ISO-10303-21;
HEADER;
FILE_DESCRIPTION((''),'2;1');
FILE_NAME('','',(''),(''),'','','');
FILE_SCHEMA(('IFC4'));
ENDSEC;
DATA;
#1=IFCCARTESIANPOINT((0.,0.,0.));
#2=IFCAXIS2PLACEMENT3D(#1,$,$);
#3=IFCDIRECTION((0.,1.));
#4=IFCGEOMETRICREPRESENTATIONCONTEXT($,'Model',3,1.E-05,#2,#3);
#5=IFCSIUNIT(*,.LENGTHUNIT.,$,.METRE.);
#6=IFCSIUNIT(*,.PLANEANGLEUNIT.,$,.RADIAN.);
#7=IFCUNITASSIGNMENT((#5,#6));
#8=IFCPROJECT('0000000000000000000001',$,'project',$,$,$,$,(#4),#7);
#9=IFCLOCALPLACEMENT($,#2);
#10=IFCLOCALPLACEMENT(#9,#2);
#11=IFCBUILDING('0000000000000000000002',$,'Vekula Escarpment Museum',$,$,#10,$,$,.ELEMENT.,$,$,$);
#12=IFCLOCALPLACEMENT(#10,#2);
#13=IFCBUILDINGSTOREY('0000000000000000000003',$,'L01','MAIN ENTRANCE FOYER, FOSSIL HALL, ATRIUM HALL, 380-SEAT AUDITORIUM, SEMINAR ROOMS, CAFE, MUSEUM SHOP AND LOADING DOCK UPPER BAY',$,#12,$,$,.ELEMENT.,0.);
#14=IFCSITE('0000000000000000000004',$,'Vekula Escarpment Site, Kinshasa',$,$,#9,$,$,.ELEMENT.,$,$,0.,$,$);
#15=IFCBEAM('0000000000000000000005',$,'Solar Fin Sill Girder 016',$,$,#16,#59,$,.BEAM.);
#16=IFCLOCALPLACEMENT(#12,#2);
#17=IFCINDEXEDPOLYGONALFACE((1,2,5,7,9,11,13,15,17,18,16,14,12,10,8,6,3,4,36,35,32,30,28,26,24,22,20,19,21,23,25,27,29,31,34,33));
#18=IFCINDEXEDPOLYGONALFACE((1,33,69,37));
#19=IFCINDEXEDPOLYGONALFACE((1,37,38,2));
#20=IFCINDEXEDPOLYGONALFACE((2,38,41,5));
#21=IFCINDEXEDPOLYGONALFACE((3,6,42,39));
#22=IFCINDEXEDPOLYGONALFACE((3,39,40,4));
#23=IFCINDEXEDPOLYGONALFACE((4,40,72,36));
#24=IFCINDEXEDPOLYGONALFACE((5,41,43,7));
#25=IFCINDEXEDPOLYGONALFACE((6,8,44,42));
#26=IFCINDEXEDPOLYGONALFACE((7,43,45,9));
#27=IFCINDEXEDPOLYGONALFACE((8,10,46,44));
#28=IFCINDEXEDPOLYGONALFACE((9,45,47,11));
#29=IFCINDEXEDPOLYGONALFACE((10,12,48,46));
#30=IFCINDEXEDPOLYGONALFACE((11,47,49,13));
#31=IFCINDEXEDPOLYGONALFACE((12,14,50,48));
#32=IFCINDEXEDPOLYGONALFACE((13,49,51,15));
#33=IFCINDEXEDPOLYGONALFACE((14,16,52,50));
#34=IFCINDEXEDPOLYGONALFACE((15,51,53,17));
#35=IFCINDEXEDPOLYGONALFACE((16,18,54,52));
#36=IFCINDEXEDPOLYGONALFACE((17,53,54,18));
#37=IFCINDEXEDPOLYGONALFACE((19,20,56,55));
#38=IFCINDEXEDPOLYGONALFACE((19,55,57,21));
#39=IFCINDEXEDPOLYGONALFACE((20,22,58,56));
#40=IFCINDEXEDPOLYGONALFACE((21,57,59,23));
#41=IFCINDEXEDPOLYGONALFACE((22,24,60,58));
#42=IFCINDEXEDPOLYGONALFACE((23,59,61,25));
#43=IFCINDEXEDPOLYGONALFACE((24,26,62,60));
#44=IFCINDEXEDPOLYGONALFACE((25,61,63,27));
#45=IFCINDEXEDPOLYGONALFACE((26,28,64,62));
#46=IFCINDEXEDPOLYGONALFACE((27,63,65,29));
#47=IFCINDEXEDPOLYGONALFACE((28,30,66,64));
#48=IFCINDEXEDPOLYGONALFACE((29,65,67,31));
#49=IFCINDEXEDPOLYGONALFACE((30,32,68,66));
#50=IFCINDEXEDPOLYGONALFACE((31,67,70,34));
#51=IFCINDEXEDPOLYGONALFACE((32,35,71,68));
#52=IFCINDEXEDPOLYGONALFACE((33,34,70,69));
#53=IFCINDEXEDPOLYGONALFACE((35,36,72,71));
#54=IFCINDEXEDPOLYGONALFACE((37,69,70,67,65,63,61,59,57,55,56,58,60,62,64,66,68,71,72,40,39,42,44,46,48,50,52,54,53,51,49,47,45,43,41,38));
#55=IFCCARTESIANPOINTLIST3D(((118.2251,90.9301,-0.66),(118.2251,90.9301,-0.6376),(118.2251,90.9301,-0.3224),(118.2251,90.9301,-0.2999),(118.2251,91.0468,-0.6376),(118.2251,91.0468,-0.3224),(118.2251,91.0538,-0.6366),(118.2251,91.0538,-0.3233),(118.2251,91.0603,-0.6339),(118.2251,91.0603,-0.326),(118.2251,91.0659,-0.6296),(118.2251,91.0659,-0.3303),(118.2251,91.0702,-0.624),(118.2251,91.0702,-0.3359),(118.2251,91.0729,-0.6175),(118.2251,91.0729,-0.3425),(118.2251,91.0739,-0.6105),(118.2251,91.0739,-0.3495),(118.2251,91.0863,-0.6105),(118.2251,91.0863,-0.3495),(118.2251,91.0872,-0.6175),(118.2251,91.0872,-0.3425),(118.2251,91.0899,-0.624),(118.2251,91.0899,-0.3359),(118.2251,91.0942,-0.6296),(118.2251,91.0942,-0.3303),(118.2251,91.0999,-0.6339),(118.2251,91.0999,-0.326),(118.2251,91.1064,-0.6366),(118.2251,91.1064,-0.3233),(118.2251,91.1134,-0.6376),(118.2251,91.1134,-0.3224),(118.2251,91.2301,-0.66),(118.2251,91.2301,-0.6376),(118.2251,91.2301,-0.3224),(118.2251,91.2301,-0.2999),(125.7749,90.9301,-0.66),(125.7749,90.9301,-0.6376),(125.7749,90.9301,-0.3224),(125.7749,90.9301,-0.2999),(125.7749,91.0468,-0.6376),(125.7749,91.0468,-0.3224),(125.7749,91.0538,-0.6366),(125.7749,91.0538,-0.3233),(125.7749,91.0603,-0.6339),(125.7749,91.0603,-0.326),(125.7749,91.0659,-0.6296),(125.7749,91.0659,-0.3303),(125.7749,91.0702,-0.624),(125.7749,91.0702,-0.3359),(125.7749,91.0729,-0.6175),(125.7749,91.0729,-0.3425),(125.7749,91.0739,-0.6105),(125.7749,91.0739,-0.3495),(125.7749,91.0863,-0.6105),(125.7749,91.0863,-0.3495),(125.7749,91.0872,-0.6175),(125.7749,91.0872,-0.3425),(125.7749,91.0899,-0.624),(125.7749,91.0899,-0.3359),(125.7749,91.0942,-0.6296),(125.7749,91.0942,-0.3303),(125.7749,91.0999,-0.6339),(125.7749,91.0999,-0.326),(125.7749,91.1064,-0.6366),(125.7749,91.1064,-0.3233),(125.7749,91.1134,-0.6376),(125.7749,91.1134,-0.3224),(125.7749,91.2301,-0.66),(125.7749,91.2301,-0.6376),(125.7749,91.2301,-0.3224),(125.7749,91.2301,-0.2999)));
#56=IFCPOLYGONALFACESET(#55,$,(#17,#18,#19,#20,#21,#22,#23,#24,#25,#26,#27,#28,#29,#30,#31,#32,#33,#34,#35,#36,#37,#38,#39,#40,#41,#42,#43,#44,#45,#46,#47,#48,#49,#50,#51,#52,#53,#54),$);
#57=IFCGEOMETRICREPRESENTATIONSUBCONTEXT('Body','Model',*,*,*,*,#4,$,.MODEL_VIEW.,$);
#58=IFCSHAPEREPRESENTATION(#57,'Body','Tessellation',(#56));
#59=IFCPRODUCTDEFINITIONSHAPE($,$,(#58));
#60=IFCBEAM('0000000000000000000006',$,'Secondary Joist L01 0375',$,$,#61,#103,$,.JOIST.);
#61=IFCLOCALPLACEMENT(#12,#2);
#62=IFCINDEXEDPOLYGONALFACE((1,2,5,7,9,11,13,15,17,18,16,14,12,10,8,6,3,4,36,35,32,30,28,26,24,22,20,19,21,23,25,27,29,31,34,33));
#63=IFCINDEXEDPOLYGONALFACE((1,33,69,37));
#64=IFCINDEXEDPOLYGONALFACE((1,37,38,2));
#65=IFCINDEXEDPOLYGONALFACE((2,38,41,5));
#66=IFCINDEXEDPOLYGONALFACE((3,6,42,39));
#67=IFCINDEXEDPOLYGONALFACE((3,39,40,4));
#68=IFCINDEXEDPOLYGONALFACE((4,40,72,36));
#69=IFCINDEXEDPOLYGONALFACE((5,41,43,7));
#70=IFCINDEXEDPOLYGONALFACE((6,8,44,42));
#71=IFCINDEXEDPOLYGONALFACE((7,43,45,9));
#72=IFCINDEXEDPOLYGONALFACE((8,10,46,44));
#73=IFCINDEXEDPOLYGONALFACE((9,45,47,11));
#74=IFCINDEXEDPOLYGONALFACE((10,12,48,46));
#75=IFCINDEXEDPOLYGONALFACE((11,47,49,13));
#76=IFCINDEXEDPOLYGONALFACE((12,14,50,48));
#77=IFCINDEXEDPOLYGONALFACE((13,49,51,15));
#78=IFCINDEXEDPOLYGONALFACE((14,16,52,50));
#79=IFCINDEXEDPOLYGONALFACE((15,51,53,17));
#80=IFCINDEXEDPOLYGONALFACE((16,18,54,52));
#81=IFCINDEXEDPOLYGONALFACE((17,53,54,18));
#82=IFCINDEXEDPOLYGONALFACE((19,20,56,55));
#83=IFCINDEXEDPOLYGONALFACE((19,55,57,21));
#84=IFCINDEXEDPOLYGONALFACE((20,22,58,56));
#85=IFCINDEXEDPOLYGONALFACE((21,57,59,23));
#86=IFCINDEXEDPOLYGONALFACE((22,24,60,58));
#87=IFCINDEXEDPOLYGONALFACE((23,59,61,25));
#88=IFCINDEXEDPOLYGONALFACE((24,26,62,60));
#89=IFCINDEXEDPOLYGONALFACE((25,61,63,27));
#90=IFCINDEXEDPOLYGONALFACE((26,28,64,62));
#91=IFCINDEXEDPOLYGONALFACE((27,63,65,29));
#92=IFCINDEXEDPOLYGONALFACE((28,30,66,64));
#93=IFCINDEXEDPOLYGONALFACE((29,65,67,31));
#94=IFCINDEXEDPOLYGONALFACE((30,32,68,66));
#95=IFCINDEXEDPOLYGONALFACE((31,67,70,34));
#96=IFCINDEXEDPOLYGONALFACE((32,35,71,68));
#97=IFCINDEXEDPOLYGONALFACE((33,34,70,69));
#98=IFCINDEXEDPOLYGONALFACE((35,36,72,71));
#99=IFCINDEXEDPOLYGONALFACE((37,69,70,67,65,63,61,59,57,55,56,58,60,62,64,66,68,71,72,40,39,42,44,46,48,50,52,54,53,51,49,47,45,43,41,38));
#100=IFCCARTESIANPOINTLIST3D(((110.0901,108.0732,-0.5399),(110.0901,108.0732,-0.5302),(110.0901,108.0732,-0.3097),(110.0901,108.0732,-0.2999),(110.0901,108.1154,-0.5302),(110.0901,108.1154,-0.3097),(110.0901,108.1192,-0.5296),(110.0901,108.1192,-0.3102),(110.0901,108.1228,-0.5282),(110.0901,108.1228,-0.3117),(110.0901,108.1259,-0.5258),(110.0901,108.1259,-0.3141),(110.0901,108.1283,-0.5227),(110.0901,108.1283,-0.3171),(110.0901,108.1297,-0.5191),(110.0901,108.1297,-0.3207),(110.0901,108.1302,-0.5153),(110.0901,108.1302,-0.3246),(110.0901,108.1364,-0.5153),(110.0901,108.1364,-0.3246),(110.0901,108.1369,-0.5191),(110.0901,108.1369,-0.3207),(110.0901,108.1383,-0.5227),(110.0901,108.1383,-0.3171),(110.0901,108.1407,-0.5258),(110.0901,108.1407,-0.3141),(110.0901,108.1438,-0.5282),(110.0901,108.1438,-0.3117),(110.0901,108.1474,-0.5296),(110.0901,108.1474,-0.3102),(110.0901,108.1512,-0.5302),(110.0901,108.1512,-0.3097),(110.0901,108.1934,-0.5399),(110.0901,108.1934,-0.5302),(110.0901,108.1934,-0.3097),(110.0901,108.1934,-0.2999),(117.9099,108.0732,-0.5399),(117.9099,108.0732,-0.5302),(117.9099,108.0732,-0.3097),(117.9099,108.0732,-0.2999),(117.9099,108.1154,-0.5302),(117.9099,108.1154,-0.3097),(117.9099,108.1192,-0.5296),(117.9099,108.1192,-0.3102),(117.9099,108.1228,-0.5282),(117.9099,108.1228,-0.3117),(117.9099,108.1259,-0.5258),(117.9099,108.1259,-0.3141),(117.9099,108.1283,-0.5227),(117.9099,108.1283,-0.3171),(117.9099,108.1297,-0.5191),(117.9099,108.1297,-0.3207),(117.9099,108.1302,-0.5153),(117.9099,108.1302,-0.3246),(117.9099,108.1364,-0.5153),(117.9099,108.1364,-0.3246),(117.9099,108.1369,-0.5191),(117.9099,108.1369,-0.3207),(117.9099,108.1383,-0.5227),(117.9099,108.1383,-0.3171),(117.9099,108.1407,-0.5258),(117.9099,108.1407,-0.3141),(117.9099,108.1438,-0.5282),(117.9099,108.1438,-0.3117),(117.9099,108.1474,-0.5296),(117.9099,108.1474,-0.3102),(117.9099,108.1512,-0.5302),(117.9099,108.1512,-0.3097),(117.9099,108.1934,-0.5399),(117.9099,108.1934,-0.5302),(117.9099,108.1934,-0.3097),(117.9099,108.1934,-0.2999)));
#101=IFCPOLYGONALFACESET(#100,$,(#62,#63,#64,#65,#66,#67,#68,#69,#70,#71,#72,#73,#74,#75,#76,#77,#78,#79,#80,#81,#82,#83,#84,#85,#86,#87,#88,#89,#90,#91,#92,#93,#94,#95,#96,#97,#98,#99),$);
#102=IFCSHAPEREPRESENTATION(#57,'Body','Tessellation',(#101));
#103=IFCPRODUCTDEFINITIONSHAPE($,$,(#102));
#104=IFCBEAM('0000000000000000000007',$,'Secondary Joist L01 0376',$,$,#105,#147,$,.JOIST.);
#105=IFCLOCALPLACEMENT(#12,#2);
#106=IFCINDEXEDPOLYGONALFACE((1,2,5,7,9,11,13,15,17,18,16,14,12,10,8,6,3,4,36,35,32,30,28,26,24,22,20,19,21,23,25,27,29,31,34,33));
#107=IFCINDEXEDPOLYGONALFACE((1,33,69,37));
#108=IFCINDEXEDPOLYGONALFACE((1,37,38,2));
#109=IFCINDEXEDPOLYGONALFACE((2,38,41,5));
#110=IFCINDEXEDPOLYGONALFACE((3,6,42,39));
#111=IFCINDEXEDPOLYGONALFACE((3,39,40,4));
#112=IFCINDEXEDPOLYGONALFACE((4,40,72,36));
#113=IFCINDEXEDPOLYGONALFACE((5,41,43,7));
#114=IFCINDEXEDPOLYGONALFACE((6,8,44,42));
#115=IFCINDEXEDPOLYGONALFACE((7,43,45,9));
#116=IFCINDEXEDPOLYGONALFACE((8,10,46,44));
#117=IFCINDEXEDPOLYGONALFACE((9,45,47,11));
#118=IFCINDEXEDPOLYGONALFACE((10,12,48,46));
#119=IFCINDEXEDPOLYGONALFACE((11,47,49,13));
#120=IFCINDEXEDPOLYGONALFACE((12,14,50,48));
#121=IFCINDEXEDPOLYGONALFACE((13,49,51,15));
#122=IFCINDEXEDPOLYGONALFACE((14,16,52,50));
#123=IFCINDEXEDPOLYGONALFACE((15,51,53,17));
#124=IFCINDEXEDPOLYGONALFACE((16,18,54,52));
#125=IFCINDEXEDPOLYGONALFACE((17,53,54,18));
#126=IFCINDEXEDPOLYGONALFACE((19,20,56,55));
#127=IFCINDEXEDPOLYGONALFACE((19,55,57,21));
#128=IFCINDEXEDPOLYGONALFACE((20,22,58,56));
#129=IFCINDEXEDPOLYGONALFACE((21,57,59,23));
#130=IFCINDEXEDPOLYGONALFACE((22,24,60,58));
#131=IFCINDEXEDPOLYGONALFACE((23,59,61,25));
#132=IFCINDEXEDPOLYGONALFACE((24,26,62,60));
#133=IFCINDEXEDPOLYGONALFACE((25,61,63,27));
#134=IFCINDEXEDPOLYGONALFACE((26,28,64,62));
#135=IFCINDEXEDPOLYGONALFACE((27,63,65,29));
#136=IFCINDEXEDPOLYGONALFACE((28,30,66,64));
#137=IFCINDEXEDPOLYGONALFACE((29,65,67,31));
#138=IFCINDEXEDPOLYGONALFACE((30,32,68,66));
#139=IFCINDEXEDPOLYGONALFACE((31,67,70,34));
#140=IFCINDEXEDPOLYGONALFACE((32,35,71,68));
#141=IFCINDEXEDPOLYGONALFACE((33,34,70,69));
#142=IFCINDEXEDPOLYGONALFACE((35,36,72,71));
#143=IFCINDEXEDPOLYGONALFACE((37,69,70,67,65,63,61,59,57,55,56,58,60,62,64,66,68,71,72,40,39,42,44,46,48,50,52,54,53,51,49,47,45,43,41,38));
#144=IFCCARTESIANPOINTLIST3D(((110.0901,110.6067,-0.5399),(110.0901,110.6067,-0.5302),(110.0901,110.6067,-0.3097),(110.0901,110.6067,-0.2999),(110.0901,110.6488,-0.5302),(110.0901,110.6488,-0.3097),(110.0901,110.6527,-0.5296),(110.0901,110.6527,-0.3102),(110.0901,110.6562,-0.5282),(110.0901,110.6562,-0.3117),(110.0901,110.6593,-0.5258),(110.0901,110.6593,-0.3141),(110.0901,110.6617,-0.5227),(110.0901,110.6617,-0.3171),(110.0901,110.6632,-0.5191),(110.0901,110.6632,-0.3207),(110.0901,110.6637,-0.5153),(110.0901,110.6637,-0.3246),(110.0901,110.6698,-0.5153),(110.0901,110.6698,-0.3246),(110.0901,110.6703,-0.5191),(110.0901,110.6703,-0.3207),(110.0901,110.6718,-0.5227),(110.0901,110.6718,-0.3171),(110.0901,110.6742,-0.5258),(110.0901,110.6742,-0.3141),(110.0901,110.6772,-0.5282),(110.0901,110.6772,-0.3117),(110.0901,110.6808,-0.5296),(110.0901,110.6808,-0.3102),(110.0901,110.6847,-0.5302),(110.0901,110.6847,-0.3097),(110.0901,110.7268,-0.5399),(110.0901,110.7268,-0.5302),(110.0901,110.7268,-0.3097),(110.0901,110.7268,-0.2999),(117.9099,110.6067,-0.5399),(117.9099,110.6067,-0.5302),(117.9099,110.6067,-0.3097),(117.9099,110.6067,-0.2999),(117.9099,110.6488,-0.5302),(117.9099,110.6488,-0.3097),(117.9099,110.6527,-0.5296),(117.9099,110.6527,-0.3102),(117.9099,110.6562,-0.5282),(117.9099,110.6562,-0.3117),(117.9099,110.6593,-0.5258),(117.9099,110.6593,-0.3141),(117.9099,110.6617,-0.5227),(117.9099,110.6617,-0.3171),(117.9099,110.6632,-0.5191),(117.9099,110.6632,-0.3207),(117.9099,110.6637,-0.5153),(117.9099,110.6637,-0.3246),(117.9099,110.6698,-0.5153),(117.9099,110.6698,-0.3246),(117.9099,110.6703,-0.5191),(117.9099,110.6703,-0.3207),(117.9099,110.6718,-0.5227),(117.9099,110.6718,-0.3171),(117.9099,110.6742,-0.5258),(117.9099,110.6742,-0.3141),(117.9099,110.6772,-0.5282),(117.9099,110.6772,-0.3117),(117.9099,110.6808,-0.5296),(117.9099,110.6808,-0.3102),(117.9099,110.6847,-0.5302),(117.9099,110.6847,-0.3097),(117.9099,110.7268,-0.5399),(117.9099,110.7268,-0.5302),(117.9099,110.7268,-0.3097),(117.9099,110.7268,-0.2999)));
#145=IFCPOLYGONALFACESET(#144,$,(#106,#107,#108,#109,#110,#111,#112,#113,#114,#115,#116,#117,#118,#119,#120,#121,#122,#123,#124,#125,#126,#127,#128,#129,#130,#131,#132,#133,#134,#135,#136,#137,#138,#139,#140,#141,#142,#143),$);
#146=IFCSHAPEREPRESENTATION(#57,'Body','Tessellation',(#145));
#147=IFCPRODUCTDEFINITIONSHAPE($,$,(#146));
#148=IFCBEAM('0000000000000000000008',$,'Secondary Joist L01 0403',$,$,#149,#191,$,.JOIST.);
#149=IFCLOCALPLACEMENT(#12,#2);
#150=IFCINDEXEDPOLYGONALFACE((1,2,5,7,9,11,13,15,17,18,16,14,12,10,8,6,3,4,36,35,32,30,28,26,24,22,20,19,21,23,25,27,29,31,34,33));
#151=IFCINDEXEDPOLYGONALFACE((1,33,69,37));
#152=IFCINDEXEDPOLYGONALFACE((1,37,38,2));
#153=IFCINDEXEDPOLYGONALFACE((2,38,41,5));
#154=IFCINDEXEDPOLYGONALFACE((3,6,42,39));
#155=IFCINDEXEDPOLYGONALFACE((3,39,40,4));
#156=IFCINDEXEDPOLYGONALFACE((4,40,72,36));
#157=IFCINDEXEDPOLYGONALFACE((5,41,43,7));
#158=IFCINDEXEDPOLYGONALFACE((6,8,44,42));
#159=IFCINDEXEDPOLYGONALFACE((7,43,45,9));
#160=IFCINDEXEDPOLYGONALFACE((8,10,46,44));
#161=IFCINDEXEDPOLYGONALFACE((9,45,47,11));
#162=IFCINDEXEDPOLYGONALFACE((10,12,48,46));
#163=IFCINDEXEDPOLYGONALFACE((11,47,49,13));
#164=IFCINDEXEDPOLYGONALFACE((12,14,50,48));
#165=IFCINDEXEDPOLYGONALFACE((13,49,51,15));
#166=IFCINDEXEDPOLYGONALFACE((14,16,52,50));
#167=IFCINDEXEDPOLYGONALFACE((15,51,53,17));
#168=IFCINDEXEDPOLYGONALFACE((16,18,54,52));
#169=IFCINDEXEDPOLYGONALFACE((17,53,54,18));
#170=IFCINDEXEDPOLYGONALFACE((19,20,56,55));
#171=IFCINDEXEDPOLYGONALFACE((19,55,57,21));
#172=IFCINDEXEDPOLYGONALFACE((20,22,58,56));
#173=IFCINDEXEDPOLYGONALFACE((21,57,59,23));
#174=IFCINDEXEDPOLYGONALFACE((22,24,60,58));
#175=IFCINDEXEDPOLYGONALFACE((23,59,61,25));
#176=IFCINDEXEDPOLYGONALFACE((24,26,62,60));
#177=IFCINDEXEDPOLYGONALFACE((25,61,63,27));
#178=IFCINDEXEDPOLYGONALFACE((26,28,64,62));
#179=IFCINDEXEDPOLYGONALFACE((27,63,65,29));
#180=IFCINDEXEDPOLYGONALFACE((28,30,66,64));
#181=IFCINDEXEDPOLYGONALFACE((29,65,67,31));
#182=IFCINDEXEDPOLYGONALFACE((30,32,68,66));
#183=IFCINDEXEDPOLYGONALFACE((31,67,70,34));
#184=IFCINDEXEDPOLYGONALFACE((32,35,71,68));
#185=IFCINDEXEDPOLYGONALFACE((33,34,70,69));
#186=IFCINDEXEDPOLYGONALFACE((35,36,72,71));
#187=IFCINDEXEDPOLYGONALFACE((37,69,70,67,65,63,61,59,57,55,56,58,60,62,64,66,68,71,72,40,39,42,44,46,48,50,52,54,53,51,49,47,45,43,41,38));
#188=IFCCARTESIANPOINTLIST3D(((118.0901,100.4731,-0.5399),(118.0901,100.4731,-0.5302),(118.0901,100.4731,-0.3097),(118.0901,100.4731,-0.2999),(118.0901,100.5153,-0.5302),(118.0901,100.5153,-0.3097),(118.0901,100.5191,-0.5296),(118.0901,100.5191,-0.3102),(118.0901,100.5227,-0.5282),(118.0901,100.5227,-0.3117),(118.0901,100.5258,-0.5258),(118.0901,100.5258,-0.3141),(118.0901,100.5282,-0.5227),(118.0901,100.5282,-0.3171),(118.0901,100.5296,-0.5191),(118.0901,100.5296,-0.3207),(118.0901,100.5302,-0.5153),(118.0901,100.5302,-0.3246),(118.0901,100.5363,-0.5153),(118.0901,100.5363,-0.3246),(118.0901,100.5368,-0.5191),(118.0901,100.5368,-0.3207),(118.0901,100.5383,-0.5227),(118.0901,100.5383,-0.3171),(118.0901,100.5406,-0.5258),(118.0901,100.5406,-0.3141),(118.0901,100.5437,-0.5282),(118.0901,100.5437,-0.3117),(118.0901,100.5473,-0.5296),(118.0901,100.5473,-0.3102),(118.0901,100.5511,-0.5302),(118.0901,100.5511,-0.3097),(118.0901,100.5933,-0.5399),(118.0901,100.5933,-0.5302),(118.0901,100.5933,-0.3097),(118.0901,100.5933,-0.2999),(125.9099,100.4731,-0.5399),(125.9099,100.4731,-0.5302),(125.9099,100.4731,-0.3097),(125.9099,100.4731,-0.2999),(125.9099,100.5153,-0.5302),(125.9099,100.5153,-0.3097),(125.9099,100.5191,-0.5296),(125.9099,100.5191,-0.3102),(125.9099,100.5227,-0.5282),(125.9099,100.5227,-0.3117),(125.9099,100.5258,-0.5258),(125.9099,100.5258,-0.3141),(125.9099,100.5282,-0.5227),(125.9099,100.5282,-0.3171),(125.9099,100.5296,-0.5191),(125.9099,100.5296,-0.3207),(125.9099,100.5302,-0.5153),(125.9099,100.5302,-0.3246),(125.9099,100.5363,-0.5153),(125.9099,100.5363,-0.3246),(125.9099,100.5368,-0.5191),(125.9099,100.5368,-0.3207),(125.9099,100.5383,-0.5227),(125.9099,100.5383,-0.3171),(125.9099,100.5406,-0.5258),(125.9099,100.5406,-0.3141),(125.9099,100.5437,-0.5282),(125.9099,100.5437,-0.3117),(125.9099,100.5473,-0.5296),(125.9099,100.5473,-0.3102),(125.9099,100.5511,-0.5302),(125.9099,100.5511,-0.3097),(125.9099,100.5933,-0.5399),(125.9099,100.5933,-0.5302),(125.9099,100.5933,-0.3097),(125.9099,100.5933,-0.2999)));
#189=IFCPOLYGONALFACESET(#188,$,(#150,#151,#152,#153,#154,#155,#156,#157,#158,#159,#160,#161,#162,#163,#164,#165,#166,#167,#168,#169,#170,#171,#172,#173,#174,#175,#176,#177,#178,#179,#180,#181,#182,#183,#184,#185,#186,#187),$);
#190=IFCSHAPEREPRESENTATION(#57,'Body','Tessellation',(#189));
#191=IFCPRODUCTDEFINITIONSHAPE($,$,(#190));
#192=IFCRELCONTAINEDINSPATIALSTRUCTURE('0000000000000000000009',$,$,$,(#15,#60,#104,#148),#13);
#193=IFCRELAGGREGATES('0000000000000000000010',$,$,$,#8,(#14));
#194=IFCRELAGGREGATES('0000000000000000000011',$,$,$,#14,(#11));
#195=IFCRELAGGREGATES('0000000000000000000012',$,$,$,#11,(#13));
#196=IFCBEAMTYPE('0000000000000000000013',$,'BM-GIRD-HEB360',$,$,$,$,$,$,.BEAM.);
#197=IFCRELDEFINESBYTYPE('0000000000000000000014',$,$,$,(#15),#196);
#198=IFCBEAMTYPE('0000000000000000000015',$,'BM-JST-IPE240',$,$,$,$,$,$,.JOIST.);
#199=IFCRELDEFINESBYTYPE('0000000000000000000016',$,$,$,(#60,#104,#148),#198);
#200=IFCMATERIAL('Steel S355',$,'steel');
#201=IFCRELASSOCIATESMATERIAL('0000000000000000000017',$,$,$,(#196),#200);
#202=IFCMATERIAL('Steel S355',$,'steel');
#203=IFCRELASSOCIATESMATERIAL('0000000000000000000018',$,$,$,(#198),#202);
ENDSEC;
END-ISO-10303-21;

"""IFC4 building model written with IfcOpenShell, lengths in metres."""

from ifc_helpers import new_model, si_unit, direction, frame, origin, origin_2d, place, context, subcontext, project, spatial, i_section, extrude, material, material_profile, profile_set, type_object, element, save


model = new_model("IFC4")

# Units and contexts
model_context = context("Model", 3, precision=1e-05, world=origin(), true_north=direction((0.0, 1.0)))
body_context = subcontext(model_context, "Body", "Model", "MODEL_VIEW")
ifc_project = project(units=[si_unit("LENGTHUNIT", "METRE"), si_unit("PLANEANGLEUNIT", "RADIAN")], contexts=[model_context])

# Site, building, storey
site_placement = place(None, origin())
site = spatial("IfcSite", under=ifc_project, at=site_placement, Name="Vekula Escarpment Site, Kinshasa", CompositionType="ELEMENT", RefElevation=0.0)
building_placement = place(site_placement, origin())
building = spatial("IfcBuilding", under=site, at=building_placement, Name="Vekula Escarpment Museum", CompositionType="ELEMENT")
storey_placement = place(building_placement, origin())
storey = spatial("IfcBuildingStorey", under=building, at=storey_placement, Name="L01", Description="MAIN ENTRANCE FOYER, FOSSIL HALL, ATRIUM HALL, 380-SEAT AUDITORIUM, SEMINAR ROOMS, CAFE, MUSEUM SHOP AND LOADING DOCK UPPER BAY", CompositionType="ELEMENT", Elevation=0.0)

# Beams
ifc_material_1 = material(Name="Steel S355", Category="steel")
ifc_material_profile_1 = material_profile(ifc_material_1, i_section(OverallWidth=0.3, OverallDepth=0.3601, WebThickness=0.0125, FlangeThickness=0.0225, FilletRadius=0.0271, at=origin_2d()), Name="HEB 360")
ifc_profile_set_1 = profile_set([ifc_material_profile_1], Name="Steel S355")
beam_type_1 = type_object("IfcBeamType", Name="BM-GIRD-HEB360", PredefinedType="BEAM", material=ifc_profile_set_1)
beam_1_placement = place(storey_placement, frame((118.2251, 91.0801, -0.48), z_axis=(1.0, 0.0, 0.0), x_axis=(0.0, 1.0, 0.0)))
element("IfcBeam", 1, at=beam_1_placement, inside=storey, type_object=beam_type_1, Name="Solar Fin Sill Girder 016", PredefinedType="BEAM", context=body_context, shape_type="SweptSolid", body=[
    extrude(i_section(OverallWidth=0.3, OverallDepth=0.3601, WebThickness=0.0125, FlangeThickness=0.0225, FilletRadius=0.0271, at=origin_2d()), origin(), (0.0, 0.0, 1.0), 7.5498),
])
ifc_material_2 = material(Name="Steel S355", Category="steel")
ifc_material_profile_2 = material_profile(ifc_material_2, i_section(OverallWidth=0.1201, OverallDepth=0.24, WebThickness=0.0061, FlangeThickness=0.0098, FilletRadius=0.0149, at=origin_2d()), Name="IPE 240")
ifc_profile_set_2 = profile_set([ifc_material_profile_2], Name="Steel S355")
beam_type_2 = type_object("IfcBeamType", Name="BM-JST-IPE240", PredefinedType="JOIST", material=ifc_profile_set_2)
for number, where, z_axis, x_axis, name in (
    (2, (110.0901, 108.1333, -0.4199), (1.0, 0.0, 0.0), (0.0, 1.0, 0.0), "Secondary Joist L01 0375"),
    (3, (110.0901, 110.6667, -0.4199), (1.0, 0.0, 0.0), (0.0, 1.0, 0.0), "Secondary Joist L01 0376"),
    (4, (118.0901, 100.5332, -0.4199), (1.0, 0.0, 0.0), (0.0, 1.0, 0.0), "Secondary Joist L01 0403"),
):
    element("IfcBeam", number, at=place(storey_placement, frame(where, z_axis=z_axis, x_axis=x_axis)), inside=storey, type_object=beam_type_2, Name=name, PredefinedType="JOIST", context=body_context, shape_type="SweptSolid", body=[
        extrude(i_section(OverallWidth=0.1201, OverallDepth=0.24, WebThickness=0.0061, FlangeThickness=0.0098, FilletRadius=0.0149, at=origin_2d()), origin(), (0.0, 0.0, 1.0), 7.8198),
    ])

save(model, "model.ifc")
